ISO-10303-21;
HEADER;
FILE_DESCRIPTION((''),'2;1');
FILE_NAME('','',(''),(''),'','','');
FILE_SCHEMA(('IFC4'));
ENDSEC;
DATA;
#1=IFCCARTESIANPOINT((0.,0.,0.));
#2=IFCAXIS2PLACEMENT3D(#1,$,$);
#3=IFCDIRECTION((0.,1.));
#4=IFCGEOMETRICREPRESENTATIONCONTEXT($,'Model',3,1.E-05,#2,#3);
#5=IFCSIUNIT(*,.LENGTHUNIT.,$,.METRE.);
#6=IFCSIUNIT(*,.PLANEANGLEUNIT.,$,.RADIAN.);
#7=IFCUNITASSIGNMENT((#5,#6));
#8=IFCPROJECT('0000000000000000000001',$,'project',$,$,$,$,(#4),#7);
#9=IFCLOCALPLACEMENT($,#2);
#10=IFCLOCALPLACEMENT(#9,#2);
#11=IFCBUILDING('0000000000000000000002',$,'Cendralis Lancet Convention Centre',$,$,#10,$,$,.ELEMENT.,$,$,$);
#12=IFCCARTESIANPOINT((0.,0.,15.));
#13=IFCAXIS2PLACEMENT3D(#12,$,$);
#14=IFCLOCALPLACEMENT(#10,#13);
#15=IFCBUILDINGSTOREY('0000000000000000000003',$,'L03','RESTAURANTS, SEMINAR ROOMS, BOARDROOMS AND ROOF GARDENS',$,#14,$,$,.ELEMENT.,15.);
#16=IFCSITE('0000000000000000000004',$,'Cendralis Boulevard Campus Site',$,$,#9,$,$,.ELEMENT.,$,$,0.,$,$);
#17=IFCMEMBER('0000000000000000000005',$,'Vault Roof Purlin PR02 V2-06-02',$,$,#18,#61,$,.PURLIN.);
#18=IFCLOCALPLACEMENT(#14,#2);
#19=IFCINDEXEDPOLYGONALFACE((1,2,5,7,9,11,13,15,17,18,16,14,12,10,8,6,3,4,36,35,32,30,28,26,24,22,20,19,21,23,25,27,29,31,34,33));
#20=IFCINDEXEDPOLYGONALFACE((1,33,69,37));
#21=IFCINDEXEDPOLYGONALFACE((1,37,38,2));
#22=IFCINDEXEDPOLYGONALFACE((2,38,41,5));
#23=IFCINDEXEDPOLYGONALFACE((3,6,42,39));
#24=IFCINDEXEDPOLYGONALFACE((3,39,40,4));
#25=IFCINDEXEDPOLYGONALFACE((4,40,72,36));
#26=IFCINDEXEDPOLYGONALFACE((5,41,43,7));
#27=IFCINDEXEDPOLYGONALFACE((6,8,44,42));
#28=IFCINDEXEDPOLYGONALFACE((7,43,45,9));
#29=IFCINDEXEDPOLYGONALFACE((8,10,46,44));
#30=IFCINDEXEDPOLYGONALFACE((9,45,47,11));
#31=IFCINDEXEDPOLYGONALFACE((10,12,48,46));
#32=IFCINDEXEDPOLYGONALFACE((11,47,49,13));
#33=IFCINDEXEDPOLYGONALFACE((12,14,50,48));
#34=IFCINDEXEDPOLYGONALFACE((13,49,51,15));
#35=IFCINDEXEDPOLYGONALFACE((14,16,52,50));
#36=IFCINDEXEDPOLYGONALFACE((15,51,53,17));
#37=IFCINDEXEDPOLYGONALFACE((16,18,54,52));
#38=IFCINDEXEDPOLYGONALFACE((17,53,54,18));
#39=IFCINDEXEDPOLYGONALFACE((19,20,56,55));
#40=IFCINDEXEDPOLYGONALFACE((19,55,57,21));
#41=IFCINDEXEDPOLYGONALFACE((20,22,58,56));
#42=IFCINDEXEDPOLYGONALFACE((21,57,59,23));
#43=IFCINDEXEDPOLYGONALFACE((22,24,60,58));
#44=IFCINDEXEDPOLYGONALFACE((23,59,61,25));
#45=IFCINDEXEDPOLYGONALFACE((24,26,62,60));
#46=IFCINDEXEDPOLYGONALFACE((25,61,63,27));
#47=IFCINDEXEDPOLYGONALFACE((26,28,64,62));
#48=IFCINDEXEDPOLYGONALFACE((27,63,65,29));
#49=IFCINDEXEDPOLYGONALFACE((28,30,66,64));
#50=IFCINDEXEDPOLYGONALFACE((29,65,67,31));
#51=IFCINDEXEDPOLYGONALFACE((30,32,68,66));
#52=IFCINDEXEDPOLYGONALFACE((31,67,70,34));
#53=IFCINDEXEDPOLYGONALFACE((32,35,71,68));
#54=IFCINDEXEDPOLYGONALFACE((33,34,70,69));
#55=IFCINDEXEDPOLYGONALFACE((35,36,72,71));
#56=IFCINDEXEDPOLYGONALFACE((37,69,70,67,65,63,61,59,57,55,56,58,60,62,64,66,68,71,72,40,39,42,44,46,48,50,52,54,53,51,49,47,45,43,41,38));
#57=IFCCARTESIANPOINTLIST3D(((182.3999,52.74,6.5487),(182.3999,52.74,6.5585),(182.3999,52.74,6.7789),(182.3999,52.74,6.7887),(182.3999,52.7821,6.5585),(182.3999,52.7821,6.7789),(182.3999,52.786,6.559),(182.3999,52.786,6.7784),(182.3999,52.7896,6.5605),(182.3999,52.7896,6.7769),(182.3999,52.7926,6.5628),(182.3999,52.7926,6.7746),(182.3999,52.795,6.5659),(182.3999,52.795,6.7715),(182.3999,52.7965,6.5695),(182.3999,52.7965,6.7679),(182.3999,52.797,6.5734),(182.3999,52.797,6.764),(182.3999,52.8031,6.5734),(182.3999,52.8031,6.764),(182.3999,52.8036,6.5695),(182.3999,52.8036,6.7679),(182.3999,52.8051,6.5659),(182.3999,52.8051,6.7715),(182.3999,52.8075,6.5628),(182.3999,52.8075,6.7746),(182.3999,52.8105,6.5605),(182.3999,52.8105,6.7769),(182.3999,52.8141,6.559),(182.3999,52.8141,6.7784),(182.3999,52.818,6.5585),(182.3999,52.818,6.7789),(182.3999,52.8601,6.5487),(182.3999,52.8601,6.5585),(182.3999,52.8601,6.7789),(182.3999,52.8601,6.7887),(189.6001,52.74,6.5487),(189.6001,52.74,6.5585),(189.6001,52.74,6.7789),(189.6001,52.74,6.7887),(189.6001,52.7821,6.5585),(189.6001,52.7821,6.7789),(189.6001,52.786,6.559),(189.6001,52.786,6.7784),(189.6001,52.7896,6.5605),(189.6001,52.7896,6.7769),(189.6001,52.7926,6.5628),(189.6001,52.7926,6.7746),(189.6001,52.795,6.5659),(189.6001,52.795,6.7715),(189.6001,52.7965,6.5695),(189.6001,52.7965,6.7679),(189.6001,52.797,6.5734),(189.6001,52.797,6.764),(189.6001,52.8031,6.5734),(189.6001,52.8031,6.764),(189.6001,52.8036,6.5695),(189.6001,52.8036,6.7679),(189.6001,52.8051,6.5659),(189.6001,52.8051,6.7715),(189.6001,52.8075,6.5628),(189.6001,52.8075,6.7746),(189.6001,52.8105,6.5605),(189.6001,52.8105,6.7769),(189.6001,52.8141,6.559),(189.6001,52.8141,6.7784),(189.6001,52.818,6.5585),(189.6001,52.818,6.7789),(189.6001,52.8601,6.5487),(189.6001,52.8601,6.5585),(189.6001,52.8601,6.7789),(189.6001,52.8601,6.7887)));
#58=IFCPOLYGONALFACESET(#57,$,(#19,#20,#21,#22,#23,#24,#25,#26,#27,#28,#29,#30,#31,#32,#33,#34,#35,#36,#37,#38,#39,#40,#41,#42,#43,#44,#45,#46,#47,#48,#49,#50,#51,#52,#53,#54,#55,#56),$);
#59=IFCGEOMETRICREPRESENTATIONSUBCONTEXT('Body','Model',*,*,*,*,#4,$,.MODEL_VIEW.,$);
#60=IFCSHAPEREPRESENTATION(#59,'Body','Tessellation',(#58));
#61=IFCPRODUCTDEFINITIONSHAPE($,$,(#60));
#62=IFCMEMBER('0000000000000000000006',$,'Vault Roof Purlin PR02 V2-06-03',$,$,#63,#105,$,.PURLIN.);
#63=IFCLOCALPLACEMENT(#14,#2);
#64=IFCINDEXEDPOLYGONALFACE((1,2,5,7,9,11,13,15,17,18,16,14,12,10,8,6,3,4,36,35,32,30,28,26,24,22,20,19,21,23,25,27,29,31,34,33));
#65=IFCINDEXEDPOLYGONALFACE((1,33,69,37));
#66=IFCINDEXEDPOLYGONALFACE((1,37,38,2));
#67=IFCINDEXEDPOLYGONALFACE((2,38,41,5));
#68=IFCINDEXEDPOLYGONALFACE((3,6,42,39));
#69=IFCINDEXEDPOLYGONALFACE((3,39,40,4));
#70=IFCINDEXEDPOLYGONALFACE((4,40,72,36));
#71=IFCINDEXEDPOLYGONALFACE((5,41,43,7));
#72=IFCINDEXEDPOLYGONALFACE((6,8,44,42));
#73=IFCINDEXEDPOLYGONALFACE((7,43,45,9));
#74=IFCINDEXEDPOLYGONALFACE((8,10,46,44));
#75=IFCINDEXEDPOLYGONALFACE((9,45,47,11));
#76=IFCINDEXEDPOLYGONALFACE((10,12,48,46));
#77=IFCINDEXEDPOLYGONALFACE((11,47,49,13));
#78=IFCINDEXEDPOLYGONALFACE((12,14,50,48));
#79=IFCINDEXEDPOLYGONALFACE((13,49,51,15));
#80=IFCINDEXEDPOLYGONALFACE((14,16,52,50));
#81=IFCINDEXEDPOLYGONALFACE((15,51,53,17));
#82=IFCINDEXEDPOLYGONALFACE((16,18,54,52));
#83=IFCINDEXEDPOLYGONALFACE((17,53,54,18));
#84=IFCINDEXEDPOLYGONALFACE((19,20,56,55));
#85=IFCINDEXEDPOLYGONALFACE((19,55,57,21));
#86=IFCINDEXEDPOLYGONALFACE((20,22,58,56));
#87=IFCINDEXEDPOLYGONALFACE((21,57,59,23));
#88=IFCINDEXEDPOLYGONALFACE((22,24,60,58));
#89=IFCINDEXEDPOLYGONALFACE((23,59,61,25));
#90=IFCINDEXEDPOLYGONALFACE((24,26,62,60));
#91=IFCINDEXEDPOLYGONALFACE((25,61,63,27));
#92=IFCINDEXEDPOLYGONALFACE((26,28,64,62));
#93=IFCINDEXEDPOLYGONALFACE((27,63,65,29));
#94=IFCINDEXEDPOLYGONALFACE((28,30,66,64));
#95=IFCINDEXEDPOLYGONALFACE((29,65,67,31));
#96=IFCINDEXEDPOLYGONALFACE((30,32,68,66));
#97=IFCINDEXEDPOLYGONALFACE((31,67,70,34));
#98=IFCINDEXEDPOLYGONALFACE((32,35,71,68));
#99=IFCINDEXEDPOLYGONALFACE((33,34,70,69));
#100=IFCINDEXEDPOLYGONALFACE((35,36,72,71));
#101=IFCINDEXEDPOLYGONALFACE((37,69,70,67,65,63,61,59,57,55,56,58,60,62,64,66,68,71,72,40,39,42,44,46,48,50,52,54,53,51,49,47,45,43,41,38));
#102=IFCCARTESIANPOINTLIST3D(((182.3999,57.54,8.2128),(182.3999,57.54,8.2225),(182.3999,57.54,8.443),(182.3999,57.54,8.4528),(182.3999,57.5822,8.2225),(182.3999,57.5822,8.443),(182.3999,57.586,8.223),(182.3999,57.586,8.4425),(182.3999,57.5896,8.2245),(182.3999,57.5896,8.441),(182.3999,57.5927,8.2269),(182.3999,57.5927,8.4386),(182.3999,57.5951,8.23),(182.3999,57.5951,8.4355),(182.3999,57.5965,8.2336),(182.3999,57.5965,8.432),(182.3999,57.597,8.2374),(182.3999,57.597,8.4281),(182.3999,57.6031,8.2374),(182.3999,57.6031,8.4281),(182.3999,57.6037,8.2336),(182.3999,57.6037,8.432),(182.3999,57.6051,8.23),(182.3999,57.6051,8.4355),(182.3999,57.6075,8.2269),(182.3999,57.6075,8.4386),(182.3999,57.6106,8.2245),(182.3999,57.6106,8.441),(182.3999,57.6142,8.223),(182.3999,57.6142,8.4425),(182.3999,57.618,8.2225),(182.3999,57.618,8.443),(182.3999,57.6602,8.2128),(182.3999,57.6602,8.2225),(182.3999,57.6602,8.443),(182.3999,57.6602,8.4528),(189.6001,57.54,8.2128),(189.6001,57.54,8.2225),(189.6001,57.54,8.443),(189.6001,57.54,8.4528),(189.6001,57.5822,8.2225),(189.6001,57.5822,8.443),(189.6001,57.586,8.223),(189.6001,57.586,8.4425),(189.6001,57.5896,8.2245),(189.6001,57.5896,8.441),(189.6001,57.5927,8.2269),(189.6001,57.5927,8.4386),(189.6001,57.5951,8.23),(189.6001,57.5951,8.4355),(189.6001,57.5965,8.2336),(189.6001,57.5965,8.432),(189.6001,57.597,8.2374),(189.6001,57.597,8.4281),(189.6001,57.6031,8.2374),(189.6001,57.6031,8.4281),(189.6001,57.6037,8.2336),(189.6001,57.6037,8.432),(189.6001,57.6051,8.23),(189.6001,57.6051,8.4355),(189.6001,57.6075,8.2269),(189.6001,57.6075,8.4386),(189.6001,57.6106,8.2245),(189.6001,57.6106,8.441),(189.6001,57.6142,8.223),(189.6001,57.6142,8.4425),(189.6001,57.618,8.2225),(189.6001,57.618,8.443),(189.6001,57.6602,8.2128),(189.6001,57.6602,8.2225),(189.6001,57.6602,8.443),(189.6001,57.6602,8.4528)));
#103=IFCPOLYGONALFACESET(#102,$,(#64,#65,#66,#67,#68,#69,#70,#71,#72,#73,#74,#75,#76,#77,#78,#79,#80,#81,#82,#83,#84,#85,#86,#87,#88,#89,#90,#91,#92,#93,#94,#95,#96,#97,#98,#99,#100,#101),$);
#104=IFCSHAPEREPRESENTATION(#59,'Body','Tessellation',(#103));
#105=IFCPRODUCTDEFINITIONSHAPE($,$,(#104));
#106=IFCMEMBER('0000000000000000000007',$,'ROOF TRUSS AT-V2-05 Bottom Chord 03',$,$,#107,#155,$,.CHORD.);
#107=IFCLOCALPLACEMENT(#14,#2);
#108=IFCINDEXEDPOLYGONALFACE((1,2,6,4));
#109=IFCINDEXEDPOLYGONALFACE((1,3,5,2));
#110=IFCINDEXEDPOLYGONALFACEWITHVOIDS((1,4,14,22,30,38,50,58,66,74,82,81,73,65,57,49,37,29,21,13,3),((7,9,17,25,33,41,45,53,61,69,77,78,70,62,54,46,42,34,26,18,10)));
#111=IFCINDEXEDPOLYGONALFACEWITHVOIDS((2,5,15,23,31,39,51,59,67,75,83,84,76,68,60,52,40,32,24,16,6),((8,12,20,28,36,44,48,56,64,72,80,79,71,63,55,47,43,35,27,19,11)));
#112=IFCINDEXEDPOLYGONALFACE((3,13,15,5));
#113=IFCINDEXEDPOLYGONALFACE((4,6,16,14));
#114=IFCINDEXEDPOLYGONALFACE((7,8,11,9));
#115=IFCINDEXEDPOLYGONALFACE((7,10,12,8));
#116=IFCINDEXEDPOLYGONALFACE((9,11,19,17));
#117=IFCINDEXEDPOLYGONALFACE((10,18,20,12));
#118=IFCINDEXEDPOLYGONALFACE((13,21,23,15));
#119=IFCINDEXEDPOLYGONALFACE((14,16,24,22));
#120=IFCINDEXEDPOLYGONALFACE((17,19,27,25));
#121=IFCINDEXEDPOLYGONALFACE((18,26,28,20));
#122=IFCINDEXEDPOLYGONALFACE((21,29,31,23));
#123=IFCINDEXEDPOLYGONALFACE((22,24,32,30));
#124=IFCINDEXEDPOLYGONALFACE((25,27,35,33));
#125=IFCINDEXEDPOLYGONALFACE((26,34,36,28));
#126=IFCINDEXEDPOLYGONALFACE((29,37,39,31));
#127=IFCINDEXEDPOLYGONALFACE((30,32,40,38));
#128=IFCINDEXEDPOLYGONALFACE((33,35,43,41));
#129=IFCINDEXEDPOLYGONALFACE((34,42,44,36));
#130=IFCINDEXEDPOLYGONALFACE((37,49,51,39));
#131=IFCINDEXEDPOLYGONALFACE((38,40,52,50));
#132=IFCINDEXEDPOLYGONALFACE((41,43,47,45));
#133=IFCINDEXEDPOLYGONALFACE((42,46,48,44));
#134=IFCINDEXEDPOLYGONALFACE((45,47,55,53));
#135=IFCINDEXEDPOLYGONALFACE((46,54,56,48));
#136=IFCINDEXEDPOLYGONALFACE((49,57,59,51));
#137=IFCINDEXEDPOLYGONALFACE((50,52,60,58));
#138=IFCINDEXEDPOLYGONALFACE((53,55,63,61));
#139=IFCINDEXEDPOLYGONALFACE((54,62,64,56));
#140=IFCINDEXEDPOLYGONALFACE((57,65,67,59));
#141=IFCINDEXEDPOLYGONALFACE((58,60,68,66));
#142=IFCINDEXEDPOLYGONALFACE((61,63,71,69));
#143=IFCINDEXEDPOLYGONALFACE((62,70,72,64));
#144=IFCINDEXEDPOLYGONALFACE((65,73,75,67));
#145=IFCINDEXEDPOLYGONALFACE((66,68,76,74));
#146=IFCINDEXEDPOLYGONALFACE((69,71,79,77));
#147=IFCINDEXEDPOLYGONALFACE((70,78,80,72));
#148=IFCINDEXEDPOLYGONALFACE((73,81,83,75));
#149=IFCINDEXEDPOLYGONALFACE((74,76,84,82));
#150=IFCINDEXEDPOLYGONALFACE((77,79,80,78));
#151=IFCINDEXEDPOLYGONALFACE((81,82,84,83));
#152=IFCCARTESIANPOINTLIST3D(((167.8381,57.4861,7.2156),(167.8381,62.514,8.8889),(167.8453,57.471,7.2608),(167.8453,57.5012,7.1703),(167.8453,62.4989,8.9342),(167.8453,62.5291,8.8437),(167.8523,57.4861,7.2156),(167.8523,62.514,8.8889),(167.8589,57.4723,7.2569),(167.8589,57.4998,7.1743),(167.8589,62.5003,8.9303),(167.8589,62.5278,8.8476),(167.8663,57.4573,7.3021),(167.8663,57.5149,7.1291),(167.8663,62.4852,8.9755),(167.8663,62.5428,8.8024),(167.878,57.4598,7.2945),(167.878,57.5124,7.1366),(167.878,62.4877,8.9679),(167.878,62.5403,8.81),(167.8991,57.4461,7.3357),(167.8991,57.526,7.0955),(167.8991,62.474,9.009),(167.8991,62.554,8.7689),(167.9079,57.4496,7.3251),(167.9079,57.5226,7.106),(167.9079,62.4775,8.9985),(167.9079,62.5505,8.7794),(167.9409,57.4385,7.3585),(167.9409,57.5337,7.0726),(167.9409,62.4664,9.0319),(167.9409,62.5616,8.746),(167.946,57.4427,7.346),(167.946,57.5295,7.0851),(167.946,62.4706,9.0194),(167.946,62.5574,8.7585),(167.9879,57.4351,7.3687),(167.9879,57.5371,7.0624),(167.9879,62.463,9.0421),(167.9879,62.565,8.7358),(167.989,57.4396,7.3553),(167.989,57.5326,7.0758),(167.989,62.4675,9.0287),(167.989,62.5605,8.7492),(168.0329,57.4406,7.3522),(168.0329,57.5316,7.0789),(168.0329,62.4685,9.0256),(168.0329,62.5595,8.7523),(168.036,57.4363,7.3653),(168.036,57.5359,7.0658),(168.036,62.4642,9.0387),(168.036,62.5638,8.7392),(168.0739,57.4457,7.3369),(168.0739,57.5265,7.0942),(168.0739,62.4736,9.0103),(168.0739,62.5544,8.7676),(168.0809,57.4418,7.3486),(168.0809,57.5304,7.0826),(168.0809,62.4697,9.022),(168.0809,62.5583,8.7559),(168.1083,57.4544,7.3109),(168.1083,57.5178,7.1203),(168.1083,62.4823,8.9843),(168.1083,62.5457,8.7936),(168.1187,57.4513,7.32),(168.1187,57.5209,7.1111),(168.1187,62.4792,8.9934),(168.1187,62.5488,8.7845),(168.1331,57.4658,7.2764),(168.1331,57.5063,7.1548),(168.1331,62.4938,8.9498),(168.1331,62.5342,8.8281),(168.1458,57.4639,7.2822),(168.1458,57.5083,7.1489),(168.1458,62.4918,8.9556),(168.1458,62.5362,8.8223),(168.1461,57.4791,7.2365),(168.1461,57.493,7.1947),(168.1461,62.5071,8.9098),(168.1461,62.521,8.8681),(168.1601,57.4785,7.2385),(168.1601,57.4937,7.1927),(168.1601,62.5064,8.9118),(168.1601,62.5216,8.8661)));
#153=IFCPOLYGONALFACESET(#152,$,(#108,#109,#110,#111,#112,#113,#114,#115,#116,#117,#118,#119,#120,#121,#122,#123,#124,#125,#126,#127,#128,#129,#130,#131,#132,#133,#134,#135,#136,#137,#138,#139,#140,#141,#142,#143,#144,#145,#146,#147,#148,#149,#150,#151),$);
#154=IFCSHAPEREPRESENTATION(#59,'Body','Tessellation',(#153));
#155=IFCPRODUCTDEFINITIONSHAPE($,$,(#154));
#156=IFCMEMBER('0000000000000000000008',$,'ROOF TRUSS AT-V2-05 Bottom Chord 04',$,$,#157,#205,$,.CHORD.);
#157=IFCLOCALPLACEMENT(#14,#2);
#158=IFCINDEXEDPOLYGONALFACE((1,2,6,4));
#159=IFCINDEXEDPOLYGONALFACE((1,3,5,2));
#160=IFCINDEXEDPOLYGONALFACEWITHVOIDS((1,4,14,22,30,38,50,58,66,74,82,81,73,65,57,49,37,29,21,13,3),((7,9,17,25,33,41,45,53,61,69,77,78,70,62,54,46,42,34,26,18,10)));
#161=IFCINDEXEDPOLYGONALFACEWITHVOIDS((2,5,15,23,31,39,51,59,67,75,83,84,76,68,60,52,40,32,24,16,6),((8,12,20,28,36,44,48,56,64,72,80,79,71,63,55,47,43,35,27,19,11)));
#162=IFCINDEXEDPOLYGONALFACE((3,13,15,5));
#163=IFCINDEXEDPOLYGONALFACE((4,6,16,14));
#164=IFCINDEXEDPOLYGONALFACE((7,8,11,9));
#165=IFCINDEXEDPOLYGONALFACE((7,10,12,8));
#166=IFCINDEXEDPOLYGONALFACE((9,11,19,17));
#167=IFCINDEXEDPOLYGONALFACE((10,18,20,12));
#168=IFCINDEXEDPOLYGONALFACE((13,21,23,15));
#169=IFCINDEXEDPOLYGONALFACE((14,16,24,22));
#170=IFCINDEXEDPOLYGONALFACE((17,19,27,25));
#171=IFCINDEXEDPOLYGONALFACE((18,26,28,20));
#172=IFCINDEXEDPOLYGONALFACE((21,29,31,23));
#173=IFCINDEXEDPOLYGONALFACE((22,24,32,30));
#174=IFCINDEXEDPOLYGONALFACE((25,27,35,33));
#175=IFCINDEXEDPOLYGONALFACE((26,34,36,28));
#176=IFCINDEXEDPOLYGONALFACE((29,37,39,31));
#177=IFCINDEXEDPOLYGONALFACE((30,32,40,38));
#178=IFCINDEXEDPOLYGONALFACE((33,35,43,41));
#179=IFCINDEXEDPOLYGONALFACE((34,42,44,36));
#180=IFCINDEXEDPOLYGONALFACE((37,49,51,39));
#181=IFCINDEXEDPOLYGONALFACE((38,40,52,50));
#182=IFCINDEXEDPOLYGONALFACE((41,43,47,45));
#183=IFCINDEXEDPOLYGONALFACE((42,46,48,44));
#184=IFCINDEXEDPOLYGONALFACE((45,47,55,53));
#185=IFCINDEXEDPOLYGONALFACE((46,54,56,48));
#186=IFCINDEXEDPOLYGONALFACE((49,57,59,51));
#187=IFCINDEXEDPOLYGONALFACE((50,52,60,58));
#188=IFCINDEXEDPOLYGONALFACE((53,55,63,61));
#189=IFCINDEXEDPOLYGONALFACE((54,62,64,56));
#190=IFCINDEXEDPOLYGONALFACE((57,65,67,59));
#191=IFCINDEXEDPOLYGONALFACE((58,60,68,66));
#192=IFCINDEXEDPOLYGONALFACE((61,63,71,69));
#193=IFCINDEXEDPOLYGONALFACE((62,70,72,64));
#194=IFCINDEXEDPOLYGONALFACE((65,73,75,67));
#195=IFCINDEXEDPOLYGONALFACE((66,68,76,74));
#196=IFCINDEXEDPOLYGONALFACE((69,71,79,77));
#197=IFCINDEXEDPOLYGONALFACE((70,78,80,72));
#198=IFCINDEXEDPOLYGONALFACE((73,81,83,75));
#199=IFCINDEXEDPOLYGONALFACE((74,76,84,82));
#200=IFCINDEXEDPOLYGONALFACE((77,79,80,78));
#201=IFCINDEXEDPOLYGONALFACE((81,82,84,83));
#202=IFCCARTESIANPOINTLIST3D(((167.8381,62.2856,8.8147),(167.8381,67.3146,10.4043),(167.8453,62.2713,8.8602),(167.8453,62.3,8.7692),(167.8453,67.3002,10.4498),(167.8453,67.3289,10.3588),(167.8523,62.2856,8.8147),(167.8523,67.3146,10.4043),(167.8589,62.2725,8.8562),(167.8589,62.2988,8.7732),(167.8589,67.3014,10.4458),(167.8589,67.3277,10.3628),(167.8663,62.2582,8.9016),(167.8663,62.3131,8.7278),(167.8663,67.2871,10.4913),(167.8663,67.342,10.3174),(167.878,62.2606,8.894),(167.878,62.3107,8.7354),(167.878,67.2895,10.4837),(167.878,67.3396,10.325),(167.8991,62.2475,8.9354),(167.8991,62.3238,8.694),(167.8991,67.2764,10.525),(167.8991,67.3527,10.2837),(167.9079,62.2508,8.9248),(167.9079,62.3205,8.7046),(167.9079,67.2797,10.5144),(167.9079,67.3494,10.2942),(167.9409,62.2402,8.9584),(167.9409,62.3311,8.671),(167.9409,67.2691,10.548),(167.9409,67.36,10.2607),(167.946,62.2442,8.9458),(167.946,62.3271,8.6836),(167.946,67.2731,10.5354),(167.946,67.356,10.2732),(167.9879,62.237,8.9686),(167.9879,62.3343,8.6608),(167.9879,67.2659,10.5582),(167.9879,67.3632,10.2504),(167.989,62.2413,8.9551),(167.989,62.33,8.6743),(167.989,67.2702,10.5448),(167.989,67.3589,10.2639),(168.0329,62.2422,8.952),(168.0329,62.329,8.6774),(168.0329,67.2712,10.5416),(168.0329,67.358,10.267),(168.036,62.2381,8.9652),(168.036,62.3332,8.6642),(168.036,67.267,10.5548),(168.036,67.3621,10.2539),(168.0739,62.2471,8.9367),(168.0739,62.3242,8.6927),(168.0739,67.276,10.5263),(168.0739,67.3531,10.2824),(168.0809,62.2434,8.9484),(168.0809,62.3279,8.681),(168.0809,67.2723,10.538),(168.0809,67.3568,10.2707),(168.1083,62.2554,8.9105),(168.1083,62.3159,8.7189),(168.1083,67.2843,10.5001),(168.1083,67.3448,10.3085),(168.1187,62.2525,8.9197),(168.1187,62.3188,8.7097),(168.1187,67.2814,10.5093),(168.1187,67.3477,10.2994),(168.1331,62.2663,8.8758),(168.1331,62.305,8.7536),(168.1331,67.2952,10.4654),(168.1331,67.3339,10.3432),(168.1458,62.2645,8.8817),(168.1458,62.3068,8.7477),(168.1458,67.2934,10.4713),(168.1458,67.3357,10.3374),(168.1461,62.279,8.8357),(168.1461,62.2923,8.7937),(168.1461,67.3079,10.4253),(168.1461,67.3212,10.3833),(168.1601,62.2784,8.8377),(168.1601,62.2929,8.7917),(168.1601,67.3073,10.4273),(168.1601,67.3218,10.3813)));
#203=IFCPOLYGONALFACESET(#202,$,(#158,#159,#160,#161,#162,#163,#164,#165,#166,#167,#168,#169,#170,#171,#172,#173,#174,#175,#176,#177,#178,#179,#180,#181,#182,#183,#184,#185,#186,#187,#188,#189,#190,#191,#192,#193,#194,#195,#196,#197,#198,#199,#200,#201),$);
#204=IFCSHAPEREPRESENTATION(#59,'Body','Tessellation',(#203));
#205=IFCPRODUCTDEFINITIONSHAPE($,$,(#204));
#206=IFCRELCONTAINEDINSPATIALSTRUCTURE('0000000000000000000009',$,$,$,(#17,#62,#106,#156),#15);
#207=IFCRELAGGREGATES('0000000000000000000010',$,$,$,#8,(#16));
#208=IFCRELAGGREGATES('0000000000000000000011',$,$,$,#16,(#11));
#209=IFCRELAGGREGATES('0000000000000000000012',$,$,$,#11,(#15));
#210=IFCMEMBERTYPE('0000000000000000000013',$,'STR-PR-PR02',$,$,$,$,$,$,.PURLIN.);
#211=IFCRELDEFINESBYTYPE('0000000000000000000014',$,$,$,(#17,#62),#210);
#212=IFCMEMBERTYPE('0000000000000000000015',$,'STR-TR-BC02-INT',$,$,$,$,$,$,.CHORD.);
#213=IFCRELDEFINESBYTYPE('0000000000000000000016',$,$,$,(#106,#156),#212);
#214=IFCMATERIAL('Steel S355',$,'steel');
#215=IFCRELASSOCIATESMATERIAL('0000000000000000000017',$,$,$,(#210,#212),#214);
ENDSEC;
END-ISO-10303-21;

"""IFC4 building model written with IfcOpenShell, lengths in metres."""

from ifc_helpers import new_model, si_unit, direction, frame, origin, origin_2d, place, context, subcontext, project, spatial, hollow_circle, i_section, extrude, material, material_profile, profile_set, type_object, element, save


model = new_model("IFC4")

# Units and contexts
model_context = context("Model", 3, precision=1e-05, world=origin(), true_north=direction((0.0, 1.0)))
body_context = subcontext(model_context, "Body", "Model", "MODEL_VIEW")
ifc_project = project(units=[si_unit("LENGTHUNIT", "METRE"), si_unit("PLANEANGLEUNIT", "RADIAN")], contexts=[model_context])

# Site, building, storey
site_placement = place(None, origin())
site = spatial("IfcSite", under=ifc_project, at=site_placement, Name="Cendralis Boulevard Campus Site", CompositionType="ELEMENT", RefElevation=0.0)
building_placement = place(site_placement, origin())
building = spatial("IfcBuilding", under=site, at=building_placement, Name="Cendralis Lancet Convention Centre", CompositionType="ELEMENT")
storey_placement = place(building_placement, frame((0.0, 0.0, 15.0)))
storey = spatial("IfcBuildingStorey", under=building, at=storey_placement, Name="L03", Description="RESTAURANTS, SEMINAR ROOMS, BOARDROOMS AND ROOF GARDENS", CompositionType="ELEMENT", Elevation=15.0)

# Members
ifc_material = material(Name="Steel S355", Category="steel")
ifc_material_profile_1 = material_profile(ifc_material, i_section(OverallWidth=0.1201, OverallDepth=0.24, WebThickness=0.0061, FlangeThickness=0.0098, FilletRadius=0.0149, at=origin_2d()), Name="IPE 240")
ifc_profile_set_1 = profile_set([ifc_material_profile_1], Name="Steel S355")
member_type_1 = type_object("IfcMemberType", Name="STR-PR-PR02", PredefinedType="PURLIN", material=ifc_profile_set_1)
for number, where, z_axis, x_axis, name in (
    (1, (182.3999, 52.8, 6.6687), (1.0, 0.0, 0.0), (0.0, 1.0, 0.0), "Vault Roof Purlin PR02 V2-06-02"),
    (2, (182.3999, 57.6001, 8.3328), (1.0, 0.0, 0.0), (0.0, 1.0, 0.0), "Vault Roof Purlin PR02 V2-06-03"),
):
    element("IfcMember", number, at=place(storey_placement, frame(where, z_axis=z_axis, x_axis=x_axis)), inside=storey, type_object=member_type_1, Name=name, PredefinedType="PURLIN", context=body_context, shape_type="SweptSolid", body=[
        extrude(i_section(OverallWidth=0.1201, OverallDepth=0.24, WebThickness=0.0061, FlangeThickness=0.0098, FilletRadius=0.0149, at=origin_2d()), origin(), (0.0, 0.0, 1.0), 7.2002),
    ])
ifc_material_profile_2 = material_profile(ifc_material, hollow_circle(Radius=0.1619, WallThickness=0.0142, at=origin_2d()), Name="CHS 323.9x14.2")
ifc_profile_set_2 = profile_set([ifc_material_profile_2], Name="Steel S355")
member_type_2 = type_object("IfcMemberType", Name="STR-TR-BC02-INT", PredefinedType="CHORD", material=ifc_profile_set_2)
member_1_placement = place(storey_placement, frame((168.0, 57.4861, 7.2156), z_axis=(0.0, 0.948831, 0.315785), x_axis=(-1.0, 0.0, 0.0)))
element("IfcMember", 3, at=member_1_placement, inside=storey, type_object=member_type_2, Name="ROOF TRUSS AT-V2-05 Bottom Chord 03", PredefinedType="CHORD", context=body_context, shape_type="SweptSolid", body=[
    extrude(hollow_circle(Radius=0.1619, WallThickness=0.0142, at=origin_2d()), origin(), (0.0, 0.0, 1.0), 5.2991),
])
member_2_placement = place(storey_placement, frame((168.0, 62.2856, 8.8147), z_axis=(0.0, 0.953498, 0.301399), x_axis=(-1.0, 0.0, 0.0)))
element("IfcMember", 4, at=member_2_placement, inside=storey, type_object=member_type_2, Name="ROOF TRUSS AT-V2-05 Bottom Chord 04", PredefinedType="CHORD", context=body_context, shape_type="SweptSolid", body=[
    extrude(hollow_circle(Radius=0.1619, WallThickness=0.0142, at=origin_2d()), origin(), (0.0, 0.0, 1.0), 5.2742),
])

save(model, "model.ifc")
